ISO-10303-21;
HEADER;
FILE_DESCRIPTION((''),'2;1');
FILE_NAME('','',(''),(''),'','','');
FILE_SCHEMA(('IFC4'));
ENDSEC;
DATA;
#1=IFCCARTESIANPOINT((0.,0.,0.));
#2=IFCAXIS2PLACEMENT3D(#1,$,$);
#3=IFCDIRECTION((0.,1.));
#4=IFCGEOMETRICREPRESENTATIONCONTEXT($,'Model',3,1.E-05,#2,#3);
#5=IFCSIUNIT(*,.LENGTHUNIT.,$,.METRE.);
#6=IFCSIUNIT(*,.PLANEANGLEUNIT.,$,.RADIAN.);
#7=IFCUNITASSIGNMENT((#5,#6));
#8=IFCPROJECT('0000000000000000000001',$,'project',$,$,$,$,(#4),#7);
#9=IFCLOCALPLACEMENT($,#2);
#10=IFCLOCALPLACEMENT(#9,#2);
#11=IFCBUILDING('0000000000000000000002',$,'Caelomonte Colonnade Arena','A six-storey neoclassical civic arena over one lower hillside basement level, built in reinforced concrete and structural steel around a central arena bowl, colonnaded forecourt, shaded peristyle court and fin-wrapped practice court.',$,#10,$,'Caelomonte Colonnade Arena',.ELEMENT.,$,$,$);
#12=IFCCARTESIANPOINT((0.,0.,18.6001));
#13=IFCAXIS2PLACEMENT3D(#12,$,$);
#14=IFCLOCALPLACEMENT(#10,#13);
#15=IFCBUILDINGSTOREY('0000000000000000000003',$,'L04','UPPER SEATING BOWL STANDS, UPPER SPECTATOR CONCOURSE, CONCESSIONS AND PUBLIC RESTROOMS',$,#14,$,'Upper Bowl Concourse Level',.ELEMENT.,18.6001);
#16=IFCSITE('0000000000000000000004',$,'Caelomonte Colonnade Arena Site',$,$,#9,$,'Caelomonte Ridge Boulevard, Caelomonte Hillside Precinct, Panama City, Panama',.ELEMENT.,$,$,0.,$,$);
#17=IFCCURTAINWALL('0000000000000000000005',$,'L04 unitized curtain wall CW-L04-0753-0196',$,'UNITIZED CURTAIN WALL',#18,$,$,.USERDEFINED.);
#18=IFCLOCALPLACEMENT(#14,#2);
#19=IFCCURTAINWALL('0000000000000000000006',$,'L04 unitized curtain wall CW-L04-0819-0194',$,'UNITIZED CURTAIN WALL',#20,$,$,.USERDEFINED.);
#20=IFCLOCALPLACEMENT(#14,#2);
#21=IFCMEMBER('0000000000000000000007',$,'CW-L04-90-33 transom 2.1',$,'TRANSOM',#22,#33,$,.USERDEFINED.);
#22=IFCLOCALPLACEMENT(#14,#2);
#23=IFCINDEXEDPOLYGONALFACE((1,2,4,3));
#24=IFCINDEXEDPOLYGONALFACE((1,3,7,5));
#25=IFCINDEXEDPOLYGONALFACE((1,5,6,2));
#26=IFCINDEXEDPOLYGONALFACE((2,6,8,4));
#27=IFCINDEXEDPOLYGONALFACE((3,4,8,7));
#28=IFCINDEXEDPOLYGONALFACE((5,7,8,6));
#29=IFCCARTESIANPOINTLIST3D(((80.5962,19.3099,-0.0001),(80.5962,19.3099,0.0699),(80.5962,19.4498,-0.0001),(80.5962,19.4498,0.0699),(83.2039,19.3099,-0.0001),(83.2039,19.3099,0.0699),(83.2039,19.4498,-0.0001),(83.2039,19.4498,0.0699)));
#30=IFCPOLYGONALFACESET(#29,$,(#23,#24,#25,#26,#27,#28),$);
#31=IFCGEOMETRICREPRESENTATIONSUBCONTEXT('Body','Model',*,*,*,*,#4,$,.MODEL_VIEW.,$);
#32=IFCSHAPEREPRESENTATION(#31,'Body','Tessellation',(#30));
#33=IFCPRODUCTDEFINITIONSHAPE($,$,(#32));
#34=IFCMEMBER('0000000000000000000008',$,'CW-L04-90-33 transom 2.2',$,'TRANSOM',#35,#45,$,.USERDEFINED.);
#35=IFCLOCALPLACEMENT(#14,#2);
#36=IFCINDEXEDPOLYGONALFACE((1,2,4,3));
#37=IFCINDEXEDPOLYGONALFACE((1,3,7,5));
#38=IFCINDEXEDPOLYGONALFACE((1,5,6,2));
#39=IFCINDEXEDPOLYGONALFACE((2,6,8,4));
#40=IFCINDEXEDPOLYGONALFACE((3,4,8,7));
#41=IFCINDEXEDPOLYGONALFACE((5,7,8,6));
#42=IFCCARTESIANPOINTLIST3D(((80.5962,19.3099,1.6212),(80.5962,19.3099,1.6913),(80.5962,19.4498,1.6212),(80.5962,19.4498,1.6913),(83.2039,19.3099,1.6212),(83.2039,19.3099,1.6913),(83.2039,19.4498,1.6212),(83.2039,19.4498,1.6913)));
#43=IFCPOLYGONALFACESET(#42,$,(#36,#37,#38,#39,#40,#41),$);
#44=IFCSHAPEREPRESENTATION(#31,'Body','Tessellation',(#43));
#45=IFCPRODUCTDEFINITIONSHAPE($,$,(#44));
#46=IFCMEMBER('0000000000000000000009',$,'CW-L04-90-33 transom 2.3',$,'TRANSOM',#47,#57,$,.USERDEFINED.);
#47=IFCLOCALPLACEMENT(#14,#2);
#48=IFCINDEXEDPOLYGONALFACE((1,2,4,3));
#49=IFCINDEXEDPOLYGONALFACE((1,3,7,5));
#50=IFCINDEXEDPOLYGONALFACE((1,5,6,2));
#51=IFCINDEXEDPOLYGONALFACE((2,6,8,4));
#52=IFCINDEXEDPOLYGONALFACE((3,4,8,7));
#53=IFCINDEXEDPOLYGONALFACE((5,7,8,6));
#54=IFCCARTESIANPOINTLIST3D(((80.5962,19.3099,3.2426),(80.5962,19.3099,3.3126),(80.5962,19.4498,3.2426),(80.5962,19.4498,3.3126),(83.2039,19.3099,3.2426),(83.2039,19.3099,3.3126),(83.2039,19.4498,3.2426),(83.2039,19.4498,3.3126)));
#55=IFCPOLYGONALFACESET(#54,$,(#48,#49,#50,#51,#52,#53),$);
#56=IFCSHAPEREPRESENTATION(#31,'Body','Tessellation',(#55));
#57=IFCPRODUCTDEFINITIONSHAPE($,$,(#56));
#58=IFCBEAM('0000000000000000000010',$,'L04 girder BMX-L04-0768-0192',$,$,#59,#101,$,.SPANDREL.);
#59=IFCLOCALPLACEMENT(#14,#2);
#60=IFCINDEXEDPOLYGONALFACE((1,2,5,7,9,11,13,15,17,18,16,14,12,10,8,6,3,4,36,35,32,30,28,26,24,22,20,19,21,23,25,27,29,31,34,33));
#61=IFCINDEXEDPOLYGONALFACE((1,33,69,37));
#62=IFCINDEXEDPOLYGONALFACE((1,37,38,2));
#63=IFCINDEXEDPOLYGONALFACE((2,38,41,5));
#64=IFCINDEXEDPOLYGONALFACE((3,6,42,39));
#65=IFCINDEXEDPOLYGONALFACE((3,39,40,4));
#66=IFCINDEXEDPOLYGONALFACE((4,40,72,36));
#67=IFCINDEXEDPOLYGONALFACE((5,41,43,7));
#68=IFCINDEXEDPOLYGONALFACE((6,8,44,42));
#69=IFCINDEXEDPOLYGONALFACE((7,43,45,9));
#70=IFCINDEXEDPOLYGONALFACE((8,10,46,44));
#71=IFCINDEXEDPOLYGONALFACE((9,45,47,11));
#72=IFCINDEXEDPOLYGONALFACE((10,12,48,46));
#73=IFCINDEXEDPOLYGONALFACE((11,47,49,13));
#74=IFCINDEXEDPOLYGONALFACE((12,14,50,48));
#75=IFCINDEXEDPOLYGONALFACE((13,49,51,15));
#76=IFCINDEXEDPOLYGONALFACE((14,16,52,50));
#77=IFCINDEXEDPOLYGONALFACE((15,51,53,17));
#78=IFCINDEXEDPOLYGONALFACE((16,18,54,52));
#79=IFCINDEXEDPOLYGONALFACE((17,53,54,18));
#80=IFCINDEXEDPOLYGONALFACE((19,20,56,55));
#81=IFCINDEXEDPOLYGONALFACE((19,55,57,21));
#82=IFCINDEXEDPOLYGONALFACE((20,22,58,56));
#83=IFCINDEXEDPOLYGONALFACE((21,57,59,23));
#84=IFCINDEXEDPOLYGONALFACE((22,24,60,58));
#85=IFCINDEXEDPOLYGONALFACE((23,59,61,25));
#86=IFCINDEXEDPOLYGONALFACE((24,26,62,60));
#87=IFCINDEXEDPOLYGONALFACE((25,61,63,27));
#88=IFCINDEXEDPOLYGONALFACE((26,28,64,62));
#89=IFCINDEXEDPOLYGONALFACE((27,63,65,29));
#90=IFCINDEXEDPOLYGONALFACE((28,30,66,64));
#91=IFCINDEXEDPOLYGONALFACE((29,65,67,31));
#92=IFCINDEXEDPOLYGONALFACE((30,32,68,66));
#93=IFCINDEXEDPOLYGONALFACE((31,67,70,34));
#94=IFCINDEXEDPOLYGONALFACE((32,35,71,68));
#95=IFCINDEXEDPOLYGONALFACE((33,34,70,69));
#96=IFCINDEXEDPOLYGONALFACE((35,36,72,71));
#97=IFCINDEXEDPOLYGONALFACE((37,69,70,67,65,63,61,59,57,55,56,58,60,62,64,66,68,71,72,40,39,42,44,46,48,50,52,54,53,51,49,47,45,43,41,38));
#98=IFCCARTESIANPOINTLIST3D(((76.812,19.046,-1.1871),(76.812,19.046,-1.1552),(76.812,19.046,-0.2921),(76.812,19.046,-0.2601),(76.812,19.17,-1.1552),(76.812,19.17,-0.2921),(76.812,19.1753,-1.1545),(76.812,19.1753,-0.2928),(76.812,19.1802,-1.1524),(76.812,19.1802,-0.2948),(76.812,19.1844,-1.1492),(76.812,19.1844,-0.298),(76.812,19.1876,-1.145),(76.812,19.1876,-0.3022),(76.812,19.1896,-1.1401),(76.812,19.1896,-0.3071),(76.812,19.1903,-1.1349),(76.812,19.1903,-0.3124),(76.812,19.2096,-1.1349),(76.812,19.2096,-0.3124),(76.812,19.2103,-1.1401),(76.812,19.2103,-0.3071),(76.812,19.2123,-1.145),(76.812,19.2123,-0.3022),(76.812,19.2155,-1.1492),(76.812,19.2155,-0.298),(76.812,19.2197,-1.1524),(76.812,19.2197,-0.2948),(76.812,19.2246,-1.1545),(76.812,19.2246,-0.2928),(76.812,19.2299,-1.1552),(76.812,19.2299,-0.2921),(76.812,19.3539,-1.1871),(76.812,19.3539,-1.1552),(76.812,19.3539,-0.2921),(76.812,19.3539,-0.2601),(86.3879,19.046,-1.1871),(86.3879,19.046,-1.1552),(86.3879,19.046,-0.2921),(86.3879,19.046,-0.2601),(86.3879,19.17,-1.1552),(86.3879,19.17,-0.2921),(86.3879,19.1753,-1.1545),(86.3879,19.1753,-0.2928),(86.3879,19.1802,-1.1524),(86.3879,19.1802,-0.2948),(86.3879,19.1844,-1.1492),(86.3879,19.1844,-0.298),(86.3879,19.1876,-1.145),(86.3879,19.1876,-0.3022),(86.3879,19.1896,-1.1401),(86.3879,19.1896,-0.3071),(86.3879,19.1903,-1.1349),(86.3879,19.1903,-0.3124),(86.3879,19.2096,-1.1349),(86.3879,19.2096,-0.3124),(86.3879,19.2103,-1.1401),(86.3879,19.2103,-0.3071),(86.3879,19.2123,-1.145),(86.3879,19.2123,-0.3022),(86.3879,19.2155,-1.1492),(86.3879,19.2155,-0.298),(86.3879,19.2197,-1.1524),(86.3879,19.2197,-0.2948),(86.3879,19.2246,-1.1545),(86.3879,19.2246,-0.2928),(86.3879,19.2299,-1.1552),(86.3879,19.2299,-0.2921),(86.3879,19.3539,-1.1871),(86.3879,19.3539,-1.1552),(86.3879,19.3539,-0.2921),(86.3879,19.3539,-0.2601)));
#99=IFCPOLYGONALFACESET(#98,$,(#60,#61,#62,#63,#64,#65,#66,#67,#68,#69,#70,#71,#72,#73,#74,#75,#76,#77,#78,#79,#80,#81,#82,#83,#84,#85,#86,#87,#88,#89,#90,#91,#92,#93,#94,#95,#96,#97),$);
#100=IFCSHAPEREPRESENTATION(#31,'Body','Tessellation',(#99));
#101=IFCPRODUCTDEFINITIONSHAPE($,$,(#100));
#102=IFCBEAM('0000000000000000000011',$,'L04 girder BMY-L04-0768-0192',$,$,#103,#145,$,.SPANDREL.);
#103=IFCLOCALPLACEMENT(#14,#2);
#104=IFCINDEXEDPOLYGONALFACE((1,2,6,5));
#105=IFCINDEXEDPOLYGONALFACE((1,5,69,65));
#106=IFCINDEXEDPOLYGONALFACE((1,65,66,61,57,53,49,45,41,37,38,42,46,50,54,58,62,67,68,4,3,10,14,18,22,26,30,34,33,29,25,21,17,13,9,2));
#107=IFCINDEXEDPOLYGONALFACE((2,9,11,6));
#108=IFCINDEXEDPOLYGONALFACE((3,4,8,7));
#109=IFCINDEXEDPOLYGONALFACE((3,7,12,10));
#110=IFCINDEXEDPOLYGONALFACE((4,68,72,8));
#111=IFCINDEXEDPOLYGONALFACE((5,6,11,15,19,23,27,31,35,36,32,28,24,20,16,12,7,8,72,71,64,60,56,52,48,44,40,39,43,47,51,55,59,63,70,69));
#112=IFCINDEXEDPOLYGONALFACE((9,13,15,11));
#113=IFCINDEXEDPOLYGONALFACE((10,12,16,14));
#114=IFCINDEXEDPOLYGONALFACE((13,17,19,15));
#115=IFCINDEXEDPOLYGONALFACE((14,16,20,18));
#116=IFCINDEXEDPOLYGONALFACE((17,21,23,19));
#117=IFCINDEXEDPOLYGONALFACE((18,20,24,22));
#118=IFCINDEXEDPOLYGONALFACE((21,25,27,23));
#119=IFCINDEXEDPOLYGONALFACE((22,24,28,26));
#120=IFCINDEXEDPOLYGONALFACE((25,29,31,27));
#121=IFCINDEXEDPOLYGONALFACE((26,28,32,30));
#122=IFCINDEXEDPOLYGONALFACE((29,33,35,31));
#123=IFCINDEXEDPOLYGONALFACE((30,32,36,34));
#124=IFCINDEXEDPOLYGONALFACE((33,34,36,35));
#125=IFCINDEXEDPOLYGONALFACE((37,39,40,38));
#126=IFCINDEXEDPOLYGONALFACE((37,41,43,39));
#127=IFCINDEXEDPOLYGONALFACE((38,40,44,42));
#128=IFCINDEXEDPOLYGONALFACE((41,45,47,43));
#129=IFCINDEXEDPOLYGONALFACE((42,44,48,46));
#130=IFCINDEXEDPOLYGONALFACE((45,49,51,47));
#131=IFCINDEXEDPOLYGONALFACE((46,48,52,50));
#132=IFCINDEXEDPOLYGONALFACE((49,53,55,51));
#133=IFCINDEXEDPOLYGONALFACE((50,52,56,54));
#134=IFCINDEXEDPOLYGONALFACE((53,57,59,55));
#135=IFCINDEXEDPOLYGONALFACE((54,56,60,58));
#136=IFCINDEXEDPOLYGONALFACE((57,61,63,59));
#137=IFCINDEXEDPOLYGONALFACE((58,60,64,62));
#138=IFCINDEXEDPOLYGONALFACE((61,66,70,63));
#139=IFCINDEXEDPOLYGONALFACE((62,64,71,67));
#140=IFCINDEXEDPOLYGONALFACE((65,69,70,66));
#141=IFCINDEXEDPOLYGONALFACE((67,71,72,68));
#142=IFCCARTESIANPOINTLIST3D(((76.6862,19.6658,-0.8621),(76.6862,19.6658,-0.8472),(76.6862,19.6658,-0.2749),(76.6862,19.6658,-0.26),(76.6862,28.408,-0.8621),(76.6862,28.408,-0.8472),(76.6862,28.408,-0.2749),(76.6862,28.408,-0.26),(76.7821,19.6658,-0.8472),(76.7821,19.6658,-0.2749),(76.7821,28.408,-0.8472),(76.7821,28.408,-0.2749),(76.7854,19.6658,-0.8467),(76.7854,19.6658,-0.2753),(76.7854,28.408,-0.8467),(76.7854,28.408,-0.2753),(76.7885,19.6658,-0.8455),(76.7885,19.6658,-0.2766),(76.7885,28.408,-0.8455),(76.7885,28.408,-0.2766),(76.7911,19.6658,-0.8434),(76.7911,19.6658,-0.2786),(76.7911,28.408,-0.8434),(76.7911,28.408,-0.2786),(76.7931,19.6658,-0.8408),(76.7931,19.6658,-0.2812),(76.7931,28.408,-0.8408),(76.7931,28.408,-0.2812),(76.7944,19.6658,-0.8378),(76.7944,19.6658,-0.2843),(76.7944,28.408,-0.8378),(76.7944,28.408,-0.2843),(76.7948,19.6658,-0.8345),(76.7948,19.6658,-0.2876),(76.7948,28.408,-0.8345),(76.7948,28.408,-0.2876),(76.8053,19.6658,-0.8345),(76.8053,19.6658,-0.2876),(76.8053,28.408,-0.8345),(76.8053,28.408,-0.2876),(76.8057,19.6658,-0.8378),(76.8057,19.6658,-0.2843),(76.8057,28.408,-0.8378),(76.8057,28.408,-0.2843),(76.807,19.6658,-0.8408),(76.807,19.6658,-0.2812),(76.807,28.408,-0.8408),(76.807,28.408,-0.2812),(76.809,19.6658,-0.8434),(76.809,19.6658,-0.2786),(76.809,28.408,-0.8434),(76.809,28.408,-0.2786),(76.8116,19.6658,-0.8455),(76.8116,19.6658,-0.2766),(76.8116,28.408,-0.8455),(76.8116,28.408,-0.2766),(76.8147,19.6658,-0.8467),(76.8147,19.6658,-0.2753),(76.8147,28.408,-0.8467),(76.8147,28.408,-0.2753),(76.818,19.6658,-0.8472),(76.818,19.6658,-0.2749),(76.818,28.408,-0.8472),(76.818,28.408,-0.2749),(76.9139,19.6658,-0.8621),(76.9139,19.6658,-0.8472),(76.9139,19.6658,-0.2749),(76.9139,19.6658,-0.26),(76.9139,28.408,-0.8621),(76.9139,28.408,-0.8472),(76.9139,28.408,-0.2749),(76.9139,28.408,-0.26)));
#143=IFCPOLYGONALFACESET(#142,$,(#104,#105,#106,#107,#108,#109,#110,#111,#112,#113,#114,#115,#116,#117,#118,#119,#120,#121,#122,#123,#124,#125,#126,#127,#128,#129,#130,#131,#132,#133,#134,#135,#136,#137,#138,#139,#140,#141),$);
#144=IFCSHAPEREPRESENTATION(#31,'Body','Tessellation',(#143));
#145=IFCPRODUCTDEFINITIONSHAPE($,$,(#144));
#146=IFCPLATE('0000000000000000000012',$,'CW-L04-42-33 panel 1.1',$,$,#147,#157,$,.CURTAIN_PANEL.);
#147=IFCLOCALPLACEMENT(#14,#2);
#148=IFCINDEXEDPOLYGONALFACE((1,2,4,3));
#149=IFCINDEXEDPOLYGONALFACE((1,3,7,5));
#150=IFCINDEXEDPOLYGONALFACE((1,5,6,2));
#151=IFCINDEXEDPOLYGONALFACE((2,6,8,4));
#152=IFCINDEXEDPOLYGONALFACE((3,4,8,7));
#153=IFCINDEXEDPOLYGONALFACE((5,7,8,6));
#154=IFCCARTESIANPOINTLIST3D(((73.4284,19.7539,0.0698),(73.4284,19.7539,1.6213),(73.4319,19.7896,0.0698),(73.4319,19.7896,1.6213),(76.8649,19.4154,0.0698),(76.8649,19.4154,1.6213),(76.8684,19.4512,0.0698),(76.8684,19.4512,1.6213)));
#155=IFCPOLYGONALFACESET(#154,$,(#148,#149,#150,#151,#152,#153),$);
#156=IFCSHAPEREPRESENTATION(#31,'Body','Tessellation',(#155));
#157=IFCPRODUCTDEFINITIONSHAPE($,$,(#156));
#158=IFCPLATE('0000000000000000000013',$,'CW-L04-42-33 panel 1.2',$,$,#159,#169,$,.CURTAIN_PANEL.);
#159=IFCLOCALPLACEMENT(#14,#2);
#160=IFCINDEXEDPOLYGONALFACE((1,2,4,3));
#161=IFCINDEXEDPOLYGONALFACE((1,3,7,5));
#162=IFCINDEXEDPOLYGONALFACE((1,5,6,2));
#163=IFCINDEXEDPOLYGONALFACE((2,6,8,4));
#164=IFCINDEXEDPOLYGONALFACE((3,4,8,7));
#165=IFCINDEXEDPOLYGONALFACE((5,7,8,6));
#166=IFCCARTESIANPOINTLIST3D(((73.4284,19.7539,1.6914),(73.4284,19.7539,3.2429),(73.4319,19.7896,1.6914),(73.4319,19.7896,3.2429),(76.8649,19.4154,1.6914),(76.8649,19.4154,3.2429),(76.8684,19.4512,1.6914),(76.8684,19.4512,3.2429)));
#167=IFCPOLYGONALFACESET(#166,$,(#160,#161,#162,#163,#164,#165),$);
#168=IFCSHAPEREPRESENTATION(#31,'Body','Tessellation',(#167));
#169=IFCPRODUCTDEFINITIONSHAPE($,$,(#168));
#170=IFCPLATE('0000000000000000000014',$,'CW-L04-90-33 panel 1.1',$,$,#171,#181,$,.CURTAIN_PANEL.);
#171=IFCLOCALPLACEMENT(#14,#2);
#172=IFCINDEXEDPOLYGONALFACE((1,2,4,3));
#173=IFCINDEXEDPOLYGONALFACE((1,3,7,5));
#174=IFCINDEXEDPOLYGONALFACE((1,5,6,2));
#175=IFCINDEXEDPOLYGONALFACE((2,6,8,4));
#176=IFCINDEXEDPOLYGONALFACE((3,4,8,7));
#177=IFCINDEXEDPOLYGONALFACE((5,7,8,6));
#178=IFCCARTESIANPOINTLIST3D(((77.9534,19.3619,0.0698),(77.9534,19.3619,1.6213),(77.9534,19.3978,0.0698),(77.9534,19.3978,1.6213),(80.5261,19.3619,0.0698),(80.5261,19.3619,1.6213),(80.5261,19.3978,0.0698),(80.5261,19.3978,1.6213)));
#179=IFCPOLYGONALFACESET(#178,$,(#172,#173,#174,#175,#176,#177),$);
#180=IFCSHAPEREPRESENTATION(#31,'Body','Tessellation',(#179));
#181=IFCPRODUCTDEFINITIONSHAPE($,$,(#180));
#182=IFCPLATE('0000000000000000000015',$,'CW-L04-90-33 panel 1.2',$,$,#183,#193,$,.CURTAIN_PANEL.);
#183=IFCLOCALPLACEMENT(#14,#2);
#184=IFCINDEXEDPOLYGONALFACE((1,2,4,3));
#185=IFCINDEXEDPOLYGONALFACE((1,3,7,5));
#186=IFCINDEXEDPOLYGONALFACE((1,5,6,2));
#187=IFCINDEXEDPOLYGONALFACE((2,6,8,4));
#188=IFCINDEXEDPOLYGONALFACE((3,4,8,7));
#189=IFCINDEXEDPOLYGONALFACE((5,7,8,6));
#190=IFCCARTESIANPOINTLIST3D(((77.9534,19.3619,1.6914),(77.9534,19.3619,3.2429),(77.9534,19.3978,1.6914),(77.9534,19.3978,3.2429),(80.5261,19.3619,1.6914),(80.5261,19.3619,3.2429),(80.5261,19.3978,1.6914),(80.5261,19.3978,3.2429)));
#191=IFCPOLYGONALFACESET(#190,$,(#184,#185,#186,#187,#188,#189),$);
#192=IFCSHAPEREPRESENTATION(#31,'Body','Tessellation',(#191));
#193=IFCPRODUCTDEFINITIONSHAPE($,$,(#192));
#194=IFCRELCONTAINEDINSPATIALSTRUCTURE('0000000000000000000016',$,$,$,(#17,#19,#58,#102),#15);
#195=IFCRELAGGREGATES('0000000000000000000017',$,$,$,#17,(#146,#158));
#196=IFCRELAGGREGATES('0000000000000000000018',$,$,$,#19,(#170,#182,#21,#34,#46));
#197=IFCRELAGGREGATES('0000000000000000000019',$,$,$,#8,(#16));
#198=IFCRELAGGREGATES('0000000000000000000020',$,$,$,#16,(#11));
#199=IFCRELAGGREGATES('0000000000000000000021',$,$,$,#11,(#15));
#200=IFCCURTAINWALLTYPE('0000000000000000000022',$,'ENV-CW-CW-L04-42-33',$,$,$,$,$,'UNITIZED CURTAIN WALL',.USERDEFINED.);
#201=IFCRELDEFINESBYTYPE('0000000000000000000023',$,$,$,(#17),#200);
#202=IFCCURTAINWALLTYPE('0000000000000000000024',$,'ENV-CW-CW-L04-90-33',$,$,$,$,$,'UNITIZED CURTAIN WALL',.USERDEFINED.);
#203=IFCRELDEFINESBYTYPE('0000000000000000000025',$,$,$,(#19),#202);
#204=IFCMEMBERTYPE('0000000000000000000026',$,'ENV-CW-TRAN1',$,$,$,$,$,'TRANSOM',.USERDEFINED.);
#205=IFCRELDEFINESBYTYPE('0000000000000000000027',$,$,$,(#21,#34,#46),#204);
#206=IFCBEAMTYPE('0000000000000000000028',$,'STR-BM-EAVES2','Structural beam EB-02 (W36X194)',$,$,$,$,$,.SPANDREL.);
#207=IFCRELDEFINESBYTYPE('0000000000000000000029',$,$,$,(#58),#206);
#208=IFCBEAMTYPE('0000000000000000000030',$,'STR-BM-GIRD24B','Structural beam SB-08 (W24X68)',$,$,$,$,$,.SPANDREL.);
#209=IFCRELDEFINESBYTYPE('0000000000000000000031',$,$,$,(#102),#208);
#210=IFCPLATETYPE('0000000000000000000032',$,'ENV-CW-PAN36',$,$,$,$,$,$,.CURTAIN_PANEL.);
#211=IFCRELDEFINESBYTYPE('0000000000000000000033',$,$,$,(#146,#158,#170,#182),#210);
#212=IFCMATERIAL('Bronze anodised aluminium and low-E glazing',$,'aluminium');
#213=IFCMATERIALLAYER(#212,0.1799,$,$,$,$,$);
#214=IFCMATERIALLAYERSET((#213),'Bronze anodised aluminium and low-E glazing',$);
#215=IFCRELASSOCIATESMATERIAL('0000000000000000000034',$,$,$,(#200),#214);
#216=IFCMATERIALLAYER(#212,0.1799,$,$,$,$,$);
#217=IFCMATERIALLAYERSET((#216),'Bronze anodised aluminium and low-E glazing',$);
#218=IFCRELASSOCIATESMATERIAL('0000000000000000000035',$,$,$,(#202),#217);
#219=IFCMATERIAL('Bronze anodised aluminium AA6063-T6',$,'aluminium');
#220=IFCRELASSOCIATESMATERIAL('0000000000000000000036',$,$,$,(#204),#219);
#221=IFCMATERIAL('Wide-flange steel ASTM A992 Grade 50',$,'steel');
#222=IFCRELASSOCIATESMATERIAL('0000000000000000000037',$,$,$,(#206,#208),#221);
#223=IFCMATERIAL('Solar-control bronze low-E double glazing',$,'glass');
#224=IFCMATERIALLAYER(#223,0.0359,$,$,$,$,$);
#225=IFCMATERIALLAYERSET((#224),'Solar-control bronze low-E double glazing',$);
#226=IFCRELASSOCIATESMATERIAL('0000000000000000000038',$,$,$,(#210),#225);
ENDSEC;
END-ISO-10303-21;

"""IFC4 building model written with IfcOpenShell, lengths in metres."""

from ifc_helpers import new_model, si_unit, direction, frame, origin, origin_2d, place, context, subcontext, project, spatial, rectangle, i_section, extrude, material, layer, layer_set, material_profile, profile_set, type_object, element, aggregate, save


model = new_model("IFC4")

# Units and contexts
model_context = context("Model", 3, precision=1e-05, world=origin(), true_north=direction((0.0, 1.0)))
body_context = subcontext(model_context, "Body", "Model", "MODEL_VIEW")
ifc_project = project(units=[si_unit("LENGTHUNIT", "METRE"), si_unit("PLANEANGLEUNIT", "RADIAN")], contexts=[model_context])

# Site, building, storey
site_placement = place(None, origin())
site = spatial("IfcSite", under=ifc_project, at=site_placement, Name="Caelomonte Colonnade Arena Site", LongName="Caelomonte Ridge Boulevard, Caelomonte Hillside Precinct, Panama City, Panama", CompositionType="ELEMENT", RefElevation=0.0)
building_placement = place(site_placement, origin())
building = spatial("IfcBuilding", under=site, at=building_placement, Name="Caelomonte Colonnade Arena", Description="A six-storey neoclassical civic arena over one lower hillside basement level, built in reinforced concrete and structural steel around a central arena bowl, colonnaded forecourt, shaded peristyle court and fin-wrapped practice court.", LongName="Caelomonte Colonnade Arena", CompositionType="ELEMENT")
storey_placement = place(building_placement, frame((0.0, 0.0, 18.6001)))
storey = spatial("IfcBuildingStorey", under=building, at=storey_placement, Name="L04", Description="UPPER SEATING BOWL STANDS, UPPER SPECTATOR CONCOURSE, CONCESSIONS AND PUBLIC RESTROOMS", LongName="Upper Bowl Concourse Level", CompositionType="ELEMENT", Elevation=18.6001)

# Shared definitions
ifc_material_1 = material(Name="Wide-flange steel ASTM A992 Grade 50", Category="steel")

# Shared definitions
ifc_material_2 = material(Name="Bronze anodised aluminium and low-E glazing", Category="aluminium")
ifc_material_3 = material(Name="Bronze anodised aluminium AA6063-T6", Category="aluminium")

# Curtain walls
ifc_layer_1 = layer(ifc_material_2, 0.1799)
ifc_layer_set_1 = layer_set([ifc_layer_1], Name="Bronze anodised aluminium and low-E glazing")
curtain_wall_type_1 = type_object("IfcCurtainWallType", Name="ENV-CW-CW-L04-42-33", ElementType="UNITIZED CURTAIN WALL", PredefinedType="USERDEFINED", material=ifc_layer_set_1)
curtain_wall_1_placement = place(storey_placement, origin())
curtain_wall_1 = element("IfcCurtainWall", 1, at=curtain_wall_1_placement, inside=storey, type_object=curtain_wall_type_1, Name="L04 unitized curtain wall CW-L04-0753-0196", ObjectType="UNITIZED CURTAIN WALL", PredefinedType="USERDEFINED")
ifc_layer_2 = layer(ifc_material_2, 0.1799)
ifc_layer_set_2 = layer_set([ifc_layer_2], Name="Bronze anodised aluminium and low-E glazing")
curtain_wall_type_2 = type_object("IfcCurtainWallType", Name="ENV-CW-CW-L04-90-33", ElementType="UNITIZED CURTAIN WALL", PredefinedType="USERDEFINED", material=ifc_layer_set_2)
curtain_wall_2_placement = place(storey_placement, origin())
curtain_wall_2 = element("IfcCurtainWall", 2, at=curtain_wall_2_placement, inside=storey, type_object=curtain_wall_type_2, Name="L04 unitized curtain wall CW-L04-0819-0194", ObjectType="UNITIZED CURTAIN WALL", PredefinedType="USERDEFINED")

# Members
ifc_material_profile_1 = material_profile(ifc_material_3, rectangle(XDim=0.0701, YDim=0.1399, at=origin_2d()), Name="CWT-70X140")
ifc_profile_set_1 = profile_set([ifc_material_profile_1], Name="Bronze anodised aluminium AA6063-T6")
member_type_1 = type_object("IfcMemberType", Name="ENV-CW-TRAN1", ElementType="TRANSOM", PredefinedType="USERDEFINED", material=ifc_profile_set_1)
member_1_placement = place(storey_placement, frame((80.5962, 19.3799, 0.0349), z_axis=(1.0, 0.0, 0.0), x_axis=(0.0, 0.0, 1.0)))
member_1 = element("IfcMember", 3, at=member_1_placement, type_object=member_type_1, Name="CW-L04-90-33 transom 2.1", ObjectType="TRANSOM", PredefinedType="USERDEFINED", context=body_context, shape_type="SweptSolid", body=[
    extrude(rectangle(XDim=0.0701, YDim=0.1399, at=origin_2d()), origin(), (0.0, 0.0, 1.0), 2.6077),
])
member_2_placement = place(storey_placement, frame((80.5962, 19.3799, 1.6562), z_axis=(1.0, 0.0, 0.0), x_axis=(0.0, 0.0, 1.0)))
member_2 = element("IfcMember", 4, at=member_2_placement, type_object=member_type_1, Name="CW-L04-90-33 transom 2.2", ObjectType="TRANSOM", PredefinedType="USERDEFINED", context=body_context, shape_type="SweptSolid", body=[
    extrude(rectangle(XDim=0.0701, YDim=0.1399, at=origin_2d()), origin(), (0.0, 0.0, 1.0), 2.6077),
])
member_3_placement = place(storey_placement, frame((80.5962, 19.3799, 3.2776), z_axis=(1.0, 0.0, 0.0), x_axis=(0.0, 0.0, 1.0)))
member_3 = element("IfcMember", 5, at=member_3_placement, type_object=member_type_1, Name="CW-L04-90-33 transom 2.3", ObjectType="TRANSOM", PredefinedType="USERDEFINED", context=body_context, shape_type="SweptSolid", body=[
    extrude(rectangle(XDim=0.0701, YDim=0.1399, at=origin_2d()), origin(), (0.0, 0.0, 1.0), 2.6077),
])

# Beams
ifc_material_profile_2 = material_profile(ifc_material_1, i_section(OverallWidth=0.3079, OverallDepth=0.927, WebThickness=0.0193, FlangeThickness=0.032, FilletRadius=0.0203, at=origin_2d()), Name="W36X194")
ifc_profile_set_2 = profile_set([ifc_material_profile_2], Name="Wide-flange steel ASTM A992 Grade 50")
beam_type_1 = type_object("IfcBeamType", Name="STR-BM-EAVES2", Description="Structural beam EB-02 (W36X194)", PredefinedType="SPANDREL", material=ifc_profile_set_2)
beam_1_placement = place(storey_placement, frame((76.812, 19.2, -0.7236), z_axis=(1.0, 0.0, 0.0), x_axis=(0.0, 1.0, 0.0)))
element("IfcBeam", 6, at=beam_1_placement, inside=storey, type_object=beam_type_1, Name="L04 girder BMX-L04-0768-0192", PredefinedType="SPANDREL", context=body_context, shape_type="SweptSolid", body=[
    extrude(i_section(OverallWidth=0.3079, OverallDepth=0.927, WebThickness=0.0193, FlangeThickness=0.032, FilletRadius=0.0203, at=origin_2d()), origin(), (0.0, 0.0, 1.0), 9.5759),
])
ifc_material_profile_3 = material_profile(ifc_material_1, i_section(OverallWidth=0.2278, OverallDepth=0.6021, WebThickness=0.0105, FlangeThickness=0.0149, FilletRadius=0.0127, at=origin_2d()), Name="W24X68")
ifc_profile_set_3 = profile_set([ifc_material_profile_3], Name="Wide-flange steel ASTM A992 Grade 50")
beam_type_2 = type_object("IfcBeamType", Name="STR-BM-GIRD24B", Description="Structural beam SB-08 (W24X68)", PredefinedType="SPANDREL", material=ifc_profile_set_3)
beam_2_placement = place(storey_placement, frame((76.8, 19.6658, -0.561), z_axis=(0.0, 1.0, 0.0), x_axis=(-1.0, 0.0, 0.0)))
element("IfcBeam", 7, at=beam_2_placement, inside=storey, type_object=beam_type_2, Name="L04 girder BMY-L04-0768-0192", PredefinedType="SPANDREL", context=body_context, shape_type="SweptSolid", body=[
    extrude(i_section(OverallWidth=0.2278, OverallDepth=0.6021, WebThickness=0.0105, FlangeThickness=0.0149, FilletRadius=0.0127, at=origin_2d()), origin(), (0.0, 0.0, 1.0), 8.7422),
])

# Plates
ifc_material_4 = material(Name="Solar-control bronze low-E double glazing", Category="glass")
ifc_layer_3 = layer(ifc_material_4, 0.0359)
ifc_layer_set_3 = layer_set([ifc_layer_3], Name="Solar-control bronze low-E double glazing")
plate_type = type_object("IfcPlateType", Name="ENV-CW-PAN36", PredefinedType="CURTAIN_PANEL", material=ifc_layer_set_3)
plate_1_placement = place(storey_placement, frame((75.1484, 19.6025, 0.0698), z_axis=(0.0, 0.0, 1.0), x_axis=(0.995184, -0.098021, 0.0)))
plate_1 = element("IfcPlate", 8, at=plate_1_placement, type_object=plate_type, Name="CW-L04-42-33 panel 1.1", PredefinedType="CURTAIN_PANEL", context=body_context, shape_type="SweptSolid", body=[
    extrude(rectangle(XDim=3.4531, YDim=0.0359, at=origin_2d()), origin(), (0.0, 0.0, 1.0), 1.5515),
])
plate_2_placement = place(storey_placement, frame((75.1484, 19.6025, 1.6914), z_axis=(0.0, 0.0, 1.0), x_axis=(0.995184, -0.098021, 0.0)))
plate_2 = element("IfcPlate", 9, at=plate_2_placement, type_object=plate_type, Name="CW-L04-42-33 panel 1.2", PredefinedType="CURTAIN_PANEL", context=body_context, shape_type="SweptSolid", body=[
    extrude(rectangle(XDim=3.4531, YDim=0.0359, at=origin_2d()), origin(), (0.0, 0.0, 1.0), 1.5515),
])
aggregate(curtain_wall_1, [plate_1, plate_2])
plate_3_placement = place(storey_placement, frame((79.2397, 19.3799, 0.0698), z_axis=(0.0, 0.0, 1.0), x_axis=(1.0, 0.0, 0.0)))
plate_3 = element("IfcPlate", 10, at=plate_3_placement, type_object=plate_type, Name="CW-L04-90-33 panel 1.1", PredefinedType="CURTAIN_PANEL", context=body_context, shape_type="SweptSolid", body=[
    extrude(rectangle(XDim=2.5728, YDim=0.0359, at=origin_2d()), origin(), (0.0, 0.0, 1.0), 1.5515),
])
plate_4_placement = place(storey_placement, frame((79.2397, 19.3799, 1.6914), z_axis=(0.0, 0.0, 1.0), x_axis=(1.0, 0.0, 0.0)))
plate_4 = element("IfcPlate", 11, at=plate_4_placement, type_object=plate_type, Name="CW-L04-90-33 panel 1.2", PredefinedType="CURTAIN_PANEL", context=body_context, shape_type="SweptSolid", body=[
    extrude(rectangle(XDim=2.5728, YDim=0.0359, at=origin_2d()), origin(), (0.0, 0.0, 1.0), 1.5515),
])
aggregate(curtain_wall_2, [plate_3, plate_4, member_1, member_2, member_3])

save(model, "model.ifc")
